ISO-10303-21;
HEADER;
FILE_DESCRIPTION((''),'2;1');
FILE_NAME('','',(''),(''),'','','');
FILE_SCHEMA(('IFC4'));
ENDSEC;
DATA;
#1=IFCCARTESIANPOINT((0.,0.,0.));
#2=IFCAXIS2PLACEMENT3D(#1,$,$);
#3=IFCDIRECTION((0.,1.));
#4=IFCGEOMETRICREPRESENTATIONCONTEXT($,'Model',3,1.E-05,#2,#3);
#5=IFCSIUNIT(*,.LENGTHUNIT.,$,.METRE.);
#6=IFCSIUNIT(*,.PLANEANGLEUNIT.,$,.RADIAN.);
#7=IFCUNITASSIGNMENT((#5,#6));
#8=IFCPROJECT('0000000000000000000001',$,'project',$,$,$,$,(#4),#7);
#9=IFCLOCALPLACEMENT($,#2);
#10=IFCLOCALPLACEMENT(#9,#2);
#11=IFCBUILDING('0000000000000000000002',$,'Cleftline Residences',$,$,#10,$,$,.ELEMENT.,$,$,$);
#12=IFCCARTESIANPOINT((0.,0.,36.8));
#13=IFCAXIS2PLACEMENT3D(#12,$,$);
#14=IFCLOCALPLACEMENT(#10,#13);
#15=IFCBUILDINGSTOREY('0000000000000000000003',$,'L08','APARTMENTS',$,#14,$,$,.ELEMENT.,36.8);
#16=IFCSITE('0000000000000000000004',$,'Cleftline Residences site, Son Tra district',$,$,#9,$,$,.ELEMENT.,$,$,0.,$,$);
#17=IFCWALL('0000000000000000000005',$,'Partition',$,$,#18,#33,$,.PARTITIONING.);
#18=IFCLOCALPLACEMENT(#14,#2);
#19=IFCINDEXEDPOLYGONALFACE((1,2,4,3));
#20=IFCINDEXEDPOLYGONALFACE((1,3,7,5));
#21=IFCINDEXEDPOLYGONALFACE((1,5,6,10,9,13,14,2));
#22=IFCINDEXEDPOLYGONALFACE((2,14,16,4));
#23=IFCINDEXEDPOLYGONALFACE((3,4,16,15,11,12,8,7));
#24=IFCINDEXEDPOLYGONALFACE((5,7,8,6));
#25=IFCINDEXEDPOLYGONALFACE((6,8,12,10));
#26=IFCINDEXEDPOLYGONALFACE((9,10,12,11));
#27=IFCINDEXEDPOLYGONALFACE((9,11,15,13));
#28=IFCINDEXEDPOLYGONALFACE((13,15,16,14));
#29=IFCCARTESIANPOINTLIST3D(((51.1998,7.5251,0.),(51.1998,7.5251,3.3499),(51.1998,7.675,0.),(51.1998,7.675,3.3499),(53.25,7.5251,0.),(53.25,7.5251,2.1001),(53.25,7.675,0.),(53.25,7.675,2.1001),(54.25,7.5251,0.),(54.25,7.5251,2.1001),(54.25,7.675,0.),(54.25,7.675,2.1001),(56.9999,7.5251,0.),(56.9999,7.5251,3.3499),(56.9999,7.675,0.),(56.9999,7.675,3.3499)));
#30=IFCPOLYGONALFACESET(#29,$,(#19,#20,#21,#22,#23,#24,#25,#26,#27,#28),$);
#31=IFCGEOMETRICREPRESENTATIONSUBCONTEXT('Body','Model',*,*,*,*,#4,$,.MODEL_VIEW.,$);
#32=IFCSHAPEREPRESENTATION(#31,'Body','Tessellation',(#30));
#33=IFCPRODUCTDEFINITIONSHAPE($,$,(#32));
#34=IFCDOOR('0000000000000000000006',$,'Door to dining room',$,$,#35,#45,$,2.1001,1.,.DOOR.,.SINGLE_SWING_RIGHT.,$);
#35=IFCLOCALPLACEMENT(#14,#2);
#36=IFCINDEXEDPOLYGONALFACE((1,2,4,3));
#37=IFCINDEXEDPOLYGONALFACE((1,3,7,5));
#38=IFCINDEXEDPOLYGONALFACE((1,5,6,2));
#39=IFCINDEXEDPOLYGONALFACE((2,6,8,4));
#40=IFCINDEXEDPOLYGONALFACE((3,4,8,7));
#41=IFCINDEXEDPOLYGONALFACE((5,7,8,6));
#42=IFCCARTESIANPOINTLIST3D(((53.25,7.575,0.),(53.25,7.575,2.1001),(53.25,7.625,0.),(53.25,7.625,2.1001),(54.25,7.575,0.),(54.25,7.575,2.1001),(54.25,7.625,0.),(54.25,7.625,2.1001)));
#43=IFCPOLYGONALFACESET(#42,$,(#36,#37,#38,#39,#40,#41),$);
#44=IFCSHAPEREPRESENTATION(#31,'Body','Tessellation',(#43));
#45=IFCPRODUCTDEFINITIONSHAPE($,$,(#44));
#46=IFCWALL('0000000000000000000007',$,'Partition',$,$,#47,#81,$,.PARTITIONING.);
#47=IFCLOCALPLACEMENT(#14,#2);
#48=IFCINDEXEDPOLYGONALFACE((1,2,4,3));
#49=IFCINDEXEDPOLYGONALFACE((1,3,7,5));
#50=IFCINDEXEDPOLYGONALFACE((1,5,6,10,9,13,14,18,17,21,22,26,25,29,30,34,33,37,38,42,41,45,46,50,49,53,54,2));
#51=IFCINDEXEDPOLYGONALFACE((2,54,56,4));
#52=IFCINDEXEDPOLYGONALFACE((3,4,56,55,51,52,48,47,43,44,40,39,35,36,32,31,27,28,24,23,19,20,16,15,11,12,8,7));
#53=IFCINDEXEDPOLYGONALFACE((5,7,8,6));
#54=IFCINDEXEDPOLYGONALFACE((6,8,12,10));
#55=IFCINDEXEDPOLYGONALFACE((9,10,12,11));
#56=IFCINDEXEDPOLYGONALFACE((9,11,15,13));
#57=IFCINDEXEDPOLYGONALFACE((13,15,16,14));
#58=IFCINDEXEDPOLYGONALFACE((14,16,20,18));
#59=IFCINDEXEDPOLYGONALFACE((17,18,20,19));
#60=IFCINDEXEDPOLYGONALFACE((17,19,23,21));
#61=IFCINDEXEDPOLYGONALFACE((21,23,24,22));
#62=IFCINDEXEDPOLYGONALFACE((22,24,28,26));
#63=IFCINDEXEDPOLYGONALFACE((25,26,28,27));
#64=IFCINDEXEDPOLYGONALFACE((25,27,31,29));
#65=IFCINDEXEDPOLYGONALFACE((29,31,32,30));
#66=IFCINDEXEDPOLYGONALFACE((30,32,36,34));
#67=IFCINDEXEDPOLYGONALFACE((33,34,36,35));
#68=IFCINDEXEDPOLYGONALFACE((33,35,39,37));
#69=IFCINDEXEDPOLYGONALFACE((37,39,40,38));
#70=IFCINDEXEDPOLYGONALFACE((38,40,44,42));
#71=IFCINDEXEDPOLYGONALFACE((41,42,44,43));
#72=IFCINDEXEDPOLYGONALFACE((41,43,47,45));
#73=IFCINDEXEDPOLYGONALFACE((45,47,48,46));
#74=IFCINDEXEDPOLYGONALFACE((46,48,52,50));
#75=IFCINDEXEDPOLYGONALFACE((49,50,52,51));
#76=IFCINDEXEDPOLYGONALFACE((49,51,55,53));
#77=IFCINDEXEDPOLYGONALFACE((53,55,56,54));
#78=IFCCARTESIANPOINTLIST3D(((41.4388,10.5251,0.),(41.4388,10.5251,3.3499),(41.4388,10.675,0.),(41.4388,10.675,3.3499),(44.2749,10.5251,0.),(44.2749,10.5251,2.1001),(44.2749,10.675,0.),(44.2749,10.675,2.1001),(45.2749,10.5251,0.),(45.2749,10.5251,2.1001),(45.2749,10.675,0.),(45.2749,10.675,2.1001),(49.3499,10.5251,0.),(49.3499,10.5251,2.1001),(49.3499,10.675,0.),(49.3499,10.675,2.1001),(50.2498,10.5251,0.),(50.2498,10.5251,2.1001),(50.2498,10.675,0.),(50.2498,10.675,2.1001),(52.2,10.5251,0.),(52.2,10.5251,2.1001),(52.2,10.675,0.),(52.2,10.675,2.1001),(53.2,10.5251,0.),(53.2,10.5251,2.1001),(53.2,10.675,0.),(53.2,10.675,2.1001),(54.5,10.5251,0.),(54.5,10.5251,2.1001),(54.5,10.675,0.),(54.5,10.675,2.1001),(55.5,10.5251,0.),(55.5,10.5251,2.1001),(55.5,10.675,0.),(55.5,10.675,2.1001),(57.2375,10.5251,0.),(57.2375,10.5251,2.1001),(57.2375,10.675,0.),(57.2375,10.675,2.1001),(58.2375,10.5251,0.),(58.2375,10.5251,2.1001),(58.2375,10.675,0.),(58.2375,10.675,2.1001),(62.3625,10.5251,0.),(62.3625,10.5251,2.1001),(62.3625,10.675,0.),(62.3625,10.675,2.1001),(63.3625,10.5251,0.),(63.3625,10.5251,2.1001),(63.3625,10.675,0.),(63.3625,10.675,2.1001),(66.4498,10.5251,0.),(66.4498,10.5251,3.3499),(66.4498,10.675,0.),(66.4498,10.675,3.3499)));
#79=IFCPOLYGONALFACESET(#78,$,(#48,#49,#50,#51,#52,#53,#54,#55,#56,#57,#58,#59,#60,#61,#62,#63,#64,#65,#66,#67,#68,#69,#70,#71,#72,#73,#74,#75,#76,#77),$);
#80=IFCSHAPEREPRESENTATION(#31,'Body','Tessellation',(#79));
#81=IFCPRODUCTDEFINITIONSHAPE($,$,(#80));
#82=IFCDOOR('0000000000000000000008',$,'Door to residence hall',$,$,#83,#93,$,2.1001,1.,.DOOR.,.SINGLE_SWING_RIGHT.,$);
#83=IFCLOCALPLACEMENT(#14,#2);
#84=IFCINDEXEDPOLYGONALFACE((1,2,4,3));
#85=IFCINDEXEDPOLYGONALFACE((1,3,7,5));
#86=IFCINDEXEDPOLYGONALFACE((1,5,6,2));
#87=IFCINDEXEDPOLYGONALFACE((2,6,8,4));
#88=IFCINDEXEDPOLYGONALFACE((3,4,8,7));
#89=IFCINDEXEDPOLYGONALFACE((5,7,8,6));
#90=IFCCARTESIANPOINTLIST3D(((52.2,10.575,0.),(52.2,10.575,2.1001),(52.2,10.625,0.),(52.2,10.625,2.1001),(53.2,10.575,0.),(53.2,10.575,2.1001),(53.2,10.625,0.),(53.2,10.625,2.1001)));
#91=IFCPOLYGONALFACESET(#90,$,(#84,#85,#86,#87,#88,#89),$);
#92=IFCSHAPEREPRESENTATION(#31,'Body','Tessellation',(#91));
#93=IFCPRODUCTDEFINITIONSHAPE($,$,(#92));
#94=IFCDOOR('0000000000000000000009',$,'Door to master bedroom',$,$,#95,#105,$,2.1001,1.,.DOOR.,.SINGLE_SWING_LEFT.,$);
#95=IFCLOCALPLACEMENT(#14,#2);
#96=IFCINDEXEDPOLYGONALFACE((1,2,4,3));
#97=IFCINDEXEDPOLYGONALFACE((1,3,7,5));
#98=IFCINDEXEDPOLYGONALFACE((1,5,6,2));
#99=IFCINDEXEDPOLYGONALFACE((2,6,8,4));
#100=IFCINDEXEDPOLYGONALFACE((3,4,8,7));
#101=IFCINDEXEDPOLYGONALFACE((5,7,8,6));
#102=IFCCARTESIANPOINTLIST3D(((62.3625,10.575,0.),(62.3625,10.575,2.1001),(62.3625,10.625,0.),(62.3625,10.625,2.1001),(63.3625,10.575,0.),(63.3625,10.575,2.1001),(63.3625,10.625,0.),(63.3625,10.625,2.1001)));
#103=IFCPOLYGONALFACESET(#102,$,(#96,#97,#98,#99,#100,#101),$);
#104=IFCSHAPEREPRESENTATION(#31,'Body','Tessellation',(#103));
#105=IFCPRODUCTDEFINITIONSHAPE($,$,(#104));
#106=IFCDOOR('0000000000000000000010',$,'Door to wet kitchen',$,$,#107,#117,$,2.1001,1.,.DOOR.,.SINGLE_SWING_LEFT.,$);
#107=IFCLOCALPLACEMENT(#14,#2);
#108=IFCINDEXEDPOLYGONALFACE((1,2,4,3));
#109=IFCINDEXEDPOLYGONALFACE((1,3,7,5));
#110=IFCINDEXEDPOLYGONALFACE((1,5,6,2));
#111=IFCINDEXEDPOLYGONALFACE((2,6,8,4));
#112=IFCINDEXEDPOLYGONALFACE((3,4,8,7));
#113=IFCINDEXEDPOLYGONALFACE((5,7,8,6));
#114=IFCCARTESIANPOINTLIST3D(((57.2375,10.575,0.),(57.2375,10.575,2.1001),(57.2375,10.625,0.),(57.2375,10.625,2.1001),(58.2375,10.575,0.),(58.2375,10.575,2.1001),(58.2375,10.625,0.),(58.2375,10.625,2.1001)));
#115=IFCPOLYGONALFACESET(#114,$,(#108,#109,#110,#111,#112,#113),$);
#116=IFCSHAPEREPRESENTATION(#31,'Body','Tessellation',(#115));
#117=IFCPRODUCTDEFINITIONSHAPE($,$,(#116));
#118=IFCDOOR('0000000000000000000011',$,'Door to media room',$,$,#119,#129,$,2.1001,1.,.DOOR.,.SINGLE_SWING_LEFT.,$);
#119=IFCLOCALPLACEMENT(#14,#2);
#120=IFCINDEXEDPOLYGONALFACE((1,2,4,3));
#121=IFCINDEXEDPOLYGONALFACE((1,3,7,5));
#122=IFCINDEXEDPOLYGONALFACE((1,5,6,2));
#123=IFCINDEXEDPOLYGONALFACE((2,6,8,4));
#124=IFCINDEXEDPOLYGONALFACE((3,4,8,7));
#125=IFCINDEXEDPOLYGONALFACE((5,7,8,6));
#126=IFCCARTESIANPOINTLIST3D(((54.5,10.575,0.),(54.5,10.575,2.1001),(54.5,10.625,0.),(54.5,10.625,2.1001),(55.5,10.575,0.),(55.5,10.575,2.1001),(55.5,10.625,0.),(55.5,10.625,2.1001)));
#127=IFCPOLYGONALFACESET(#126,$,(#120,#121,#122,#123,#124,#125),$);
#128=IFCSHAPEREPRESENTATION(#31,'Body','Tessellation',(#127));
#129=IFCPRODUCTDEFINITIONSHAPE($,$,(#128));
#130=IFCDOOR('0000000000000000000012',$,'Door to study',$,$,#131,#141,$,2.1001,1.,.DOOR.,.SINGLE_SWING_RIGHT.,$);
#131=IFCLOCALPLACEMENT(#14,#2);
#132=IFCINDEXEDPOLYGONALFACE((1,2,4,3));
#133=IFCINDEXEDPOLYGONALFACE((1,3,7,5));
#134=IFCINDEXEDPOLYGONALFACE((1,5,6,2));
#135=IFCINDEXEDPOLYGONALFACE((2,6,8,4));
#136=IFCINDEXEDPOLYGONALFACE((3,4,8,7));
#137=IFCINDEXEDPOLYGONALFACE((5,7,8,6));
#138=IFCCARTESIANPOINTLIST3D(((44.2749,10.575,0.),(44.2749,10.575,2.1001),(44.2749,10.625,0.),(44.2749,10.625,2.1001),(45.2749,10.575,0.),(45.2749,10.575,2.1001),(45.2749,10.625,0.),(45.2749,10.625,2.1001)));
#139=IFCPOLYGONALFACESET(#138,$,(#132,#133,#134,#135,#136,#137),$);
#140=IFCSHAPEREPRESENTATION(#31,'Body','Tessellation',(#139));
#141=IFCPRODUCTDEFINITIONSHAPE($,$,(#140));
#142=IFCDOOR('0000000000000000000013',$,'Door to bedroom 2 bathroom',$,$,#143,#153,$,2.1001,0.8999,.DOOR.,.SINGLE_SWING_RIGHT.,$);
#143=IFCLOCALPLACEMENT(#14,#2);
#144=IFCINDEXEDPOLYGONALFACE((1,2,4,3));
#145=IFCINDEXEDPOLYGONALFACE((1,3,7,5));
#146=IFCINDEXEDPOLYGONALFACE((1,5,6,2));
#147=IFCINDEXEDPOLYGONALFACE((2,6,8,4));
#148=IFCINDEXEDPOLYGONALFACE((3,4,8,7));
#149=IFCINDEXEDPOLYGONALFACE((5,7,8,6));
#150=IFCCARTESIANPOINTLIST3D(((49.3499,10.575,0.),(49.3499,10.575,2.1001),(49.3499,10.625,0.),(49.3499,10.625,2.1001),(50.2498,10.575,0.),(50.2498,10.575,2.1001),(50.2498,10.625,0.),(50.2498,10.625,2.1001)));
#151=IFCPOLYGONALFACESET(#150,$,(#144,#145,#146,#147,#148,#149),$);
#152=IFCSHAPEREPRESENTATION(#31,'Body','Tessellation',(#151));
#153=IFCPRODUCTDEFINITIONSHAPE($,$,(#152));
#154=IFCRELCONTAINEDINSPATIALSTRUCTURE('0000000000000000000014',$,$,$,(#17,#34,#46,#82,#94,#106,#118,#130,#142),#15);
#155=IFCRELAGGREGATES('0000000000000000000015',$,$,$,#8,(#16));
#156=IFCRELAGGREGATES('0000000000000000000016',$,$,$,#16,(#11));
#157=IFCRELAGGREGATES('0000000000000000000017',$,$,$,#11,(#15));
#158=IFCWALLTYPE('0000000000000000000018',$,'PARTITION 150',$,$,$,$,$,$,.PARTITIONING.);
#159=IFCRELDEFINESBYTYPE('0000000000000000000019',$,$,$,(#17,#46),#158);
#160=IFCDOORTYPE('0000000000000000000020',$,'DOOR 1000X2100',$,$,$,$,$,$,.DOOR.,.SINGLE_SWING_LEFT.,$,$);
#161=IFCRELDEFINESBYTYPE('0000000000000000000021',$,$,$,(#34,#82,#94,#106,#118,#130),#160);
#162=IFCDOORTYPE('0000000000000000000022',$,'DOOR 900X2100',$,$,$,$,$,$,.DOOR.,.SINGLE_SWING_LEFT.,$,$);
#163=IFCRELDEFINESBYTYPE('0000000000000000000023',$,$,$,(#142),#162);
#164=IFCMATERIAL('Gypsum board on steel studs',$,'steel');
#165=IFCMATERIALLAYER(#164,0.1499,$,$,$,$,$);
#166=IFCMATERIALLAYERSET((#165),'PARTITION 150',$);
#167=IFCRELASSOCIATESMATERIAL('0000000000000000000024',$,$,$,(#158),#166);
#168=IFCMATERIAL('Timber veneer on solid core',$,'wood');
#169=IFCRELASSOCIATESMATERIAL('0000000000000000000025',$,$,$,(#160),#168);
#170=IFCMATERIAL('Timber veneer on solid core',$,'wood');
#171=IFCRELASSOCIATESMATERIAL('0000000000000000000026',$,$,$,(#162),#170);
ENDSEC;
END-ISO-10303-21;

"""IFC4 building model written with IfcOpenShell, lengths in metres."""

from ifc_helpers import new_model, si_unit, direction, frame, frame_2d, origin, place, context, subcontext, project, spatial, rectangle, extrude, material, layer, layer_set, type_object, element, fill, save


model = new_model("IFC4")

# Units and contexts
model_context = context("Model", 3, precision=1e-05, world=origin(), true_north=direction((0.0, 1.0)))
body_context = subcontext(model_context, "Body", "Model", "MODEL_VIEW")
ifc_project = project(units=[si_unit("LENGTHUNIT", "METRE"), si_unit("PLANEANGLEUNIT", "RADIAN")], contexts=[model_context])

# Site, building, storey
site_placement = place(None, origin())
site = spatial("IfcSite", under=ifc_project, at=site_placement, Name="Cleftline Residences site, Son Tra district", CompositionType="ELEMENT", RefElevation=0.0)
building_placement = place(site_placement, origin())
building = spatial("IfcBuilding", under=site, at=building_placement, Name="Cleftline Residences", CompositionType="ELEMENT")
storey_placement = place(building_placement, frame((0.0, 0.0, 36.8)))
storey = spatial("IfcBuildingStorey", under=building, at=storey_placement, Name="L08", Description="APARTMENTS", CompositionType="ELEMENT", Elevation=36.8)

# Shared definitions
ifc_material_1 = material(Name="Gypsum board on steel studs", Category="steel")
ifc_layer_1 = layer(ifc_material_1, 0.1499)
ifc_layer_set_1 = layer_set([ifc_layer_1], Name="PARTITION 150")
wall_type = type_object("IfcWallType", Name="PARTITION 150", PredefinedType="PARTITIONING", material=ifc_layer_set_1)
ifc_material_2 = material(Name="Timber veneer on solid core", Category="wood")
door_type_1 = type_object("IfcDoorType", Name="DOOR 1000X2100", OperationType="SINGLE_SWING_LEFT", PredefinedType="DOOR", material=ifc_material_2)

# Wall, opening, door
wall_1_placement = place(storey_placement, frame((51.2, 7.6001, 0.0), z_axis=(0.0, 0.0, 1.0), x_axis=(1.0, 0.0, 0.0)))
wall_1 = element("IfcWall", 1, at=wall_1_placement, inside=storey, type_object=wall_type, Name="Partition", PredefinedType="PARTITIONING", context=body_context, shape_type="SweptSolid", body=[
    extrude(rectangle(XDim=5.8, YDim=0.1499, at=frame_2d((2.8999, 0.0))), origin(), (0.0, 0.0, 1.0), 3.3499),
])
opening_1_placement = place(wall_1_placement, frame((2.05, 0.0, 0.0)))
opening_1 = element("IfcOpeningElement", 2, at=opening_1_placement, cuts=wall_1, PredefinedType="OPENING", context=body_context, shape_type="SweptSolid", body=[
    extrude(rectangle(XDim=1.0, YDim=2.1001, at=frame_2d((0.5, 1.05))), frame((0.0, 0.085, 0.0), z_axis=(0.0, -1.0, 0.0), x_axis=(1.0, 0.0, 0.0)), (0.0, 0.0, 1.0), 0.1699),
])
door_1_placement = place(opening_1_placement, origin())
door_1 = element("IfcDoor", 3, at=door_1_placement, inside=storey, type_object=door_type_1, Name="Door to dining room", OperationType="SINGLE_SWING_RIGHT", OverallHeight=2.1001, OverallWidth=1.0, PredefinedType="DOOR", context=body_context, shape_type="SweptSolid", body=[
    extrude(rectangle(XDim=1.0, YDim=2.1001, at=frame_2d((0.5, 1.05))), frame((0.0, 0.0249, 0.0), z_axis=(0.0, -1.0, 0.0), x_axis=(1.0, 0.0, 0.0)), (0.0, 0.0, 1.0), 0.05),
])
fill(opening_1, door_1)

# Wall, openings, doors
wall_2_placement = place(storey_placement, frame((41.439, 10.6001, 0.0), z_axis=(0.0, 0.0, 1.0), x_axis=(1.0, 0.0, 0.0)))
wall_2 = element("IfcWall", 4, at=wall_2_placement, inside=storey, type_object=wall_type, Name="Partition", PredefinedType="PARTITIONING", context=body_context, shape_type="SweptSolid", body=[
    extrude(rectangle(XDim=25.011, YDim=0.1499, at=frame_2d((12.5054, 0.0))), origin(), (0.0, 0.0, 1.0), 3.3499),
])
opening_2_placement = place(wall_2_placement, frame((10.761, 0.0, 0.0)))
opening_2 = element("IfcOpeningElement", 5, at=opening_2_placement, cuts=wall_2, PredefinedType="OPENING", context=body_context, shape_type="SweptSolid", body=[
    extrude(rectangle(XDim=1.0, YDim=2.1001, at=frame_2d((0.5, 1.05))), frame((0.0, 0.085, 0.0), z_axis=(0.0, -1.0, 0.0), x_axis=(1.0, 0.0, 0.0)), (0.0, 0.0, 1.0), 0.1699),
])
opening_3_placement = place(wall_2_placement, frame((20.9236, 0.0, 0.0)))
opening_3 = element("IfcOpeningElement", 6, at=opening_3_placement, cuts=wall_2, PredefinedType="OPENING", context=body_context, shape_type="SweptSolid", body=[
    extrude(rectangle(XDim=1.0, YDim=2.1001, at=frame_2d((0.5, 1.05))), frame((0.0, 0.085, 0.0), z_axis=(0.0, -1.0, 0.0), x_axis=(1.0, 0.0, 0.0)), (0.0, 0.0, 1.0), 0.1699),
])
opening_4_placement = place(wall_2_placement, frame((15.7986, 0.0, 0.0)))
opening_4 = element("IfcOpeningElement", 7, at=opening_4_placement, cuts=wall_2, PredefinedType="OPENING", context=body_context, shape_type="SweptSolid", body=[
    extrude(rectangle(XDim=1.0, YDim=2.1001, at=frame_2d((0.5, 1.05))), frame((0.0, 0.085, 0.0), z_axis=(0.0, -1.0, 0.0), x_axis=(1.0, 0.0, 0.0)), (0.0, 0.0, 1.0), 0.1699),
])
opening_5_placement = place(wall_2_placement, frame((13.061, 0.0, 0.0)))
opening_5 = element("IfcOpeningElement", 8, at=opening_5_placement, cuts=wall_2, PredefinedType="OPENING", context=body_context, shape_type="SweptSolid", body=[
    extrude(rectangle(XDim=1.0, YDim=2.1001, at=frame_2d((0.5, 1.05))), frame((0.0, 0.085, 0.0), z_axis=(0.0, -1.0, 0.0), x_axis=(1.0, 0.0, 0.0)), (0.0, 0.0, 1.0), 0.1699),
])
opening_6_placement = place(wall_2_placement, frame((7.9109, 0.0, 0.0)))
opening_6 = element("IfcOpeningElement", 9, at=opening_6_placement, cuts=wall_2, PredefinedType="OPENING", context=body_context, shape_type="SweptSolid", body=[
    extrude(rectangle(XDim=0.8999, YDim=2.1001, at=frame_2d((0.45, 1.05))), frame((0.0, 0.085, 0.0), z_axis=(0.0, -1.0, 0.0), x_axis=(1.0, 0.0, 0.0)), (0.0, 0.0, 1.0), 0.1699),
])
opening_7_placement = place(wall_2_placement, frame((2.8359, 0.0, 0.0)))
opening_7 = element("IfcOpeningElement", 10, at=opening_7_placement, cuts=wall_2, PredefinedType="OPENING", context=body_context, shape_type="SweptSolid", body=[
    extrude(rectangle(XDim=1.0, YDim=2.1001, at=frame_2d((0.5, 1.05))), frame((0.0, 0.085, 0.0), z_axis=(0.0, -1.0, 0.0), x_axis=(1.0, 0.0, 0.0)), (0.0, 0.0, 1.0), 0.1699),
])
door_2_placement = place(opening_2_placement, origin())
door_2 = element("IfcDoor", 11, at=door_2_placement, inside=storey, type_object=door_type_1, Name="Door to residence hall", OperationType="SINGLE_SWING_RIGHT", OverallHeight=2.1001, OverallWidth=1.0, PredefinedType="DOOR", context=body_context, shape_type="SweptSolid", body=[
    extrude(rectangle(XDim=1.0, YDim=2.1001, at=frame_2d((0.5, 1.05))), frame((0.0, 0.0249, 0.0), z_axis=(0.0, -1.0, 0.0), x_axis=(1.0, 0.0, 0.0)), (0.0, 0.0, 1.0), 0.05),
])
fill(opening_2, door_2)
door_3_placement = place(opening_3_placement, origin())
door_3 = element("IfcDoor", 12, at=door_3_placement, inside=storey, type_object=door_type_1, Name="Door to master bedroom", OperationType="SINGLE_SWING_LEFT", OverallHeight=2.1001, OverallWidth=1.0, PredefinedType="DOOR", context=body_context, shape_type="SweptSolid", body=[
    extrude(rectangle(XDim=1.0, YDim=2.1001, at=frame_2d((0.5, 1.05))), frame((0.0, 0.0249, 0.0), z_axis=(0.0, -1.0, 0.0), x_axis=(1.0, 0.0, 0.0)), (0.0, 0.0, 1.0), 0.05),
])
fill(opening_3, door_3)
door_4_placement = place(opening_4_placement, origin())
door_4 = element("IfcDoor", 13, at=door_4_placement, inside=storey, type_object=door_type_1, Name="Door to wet kitchen", OperationType="SINGLE_SWING_LEFT", OverallHeight=2.1001, OverallWidth=1.0, PredefinedType="DOOR", context=body_context, shape_type="SweptSolid", body=[
    extrude(rectangle(XDim=1.0, YDim=2.1001, at=frame_2d((0.5, 1.05))), frame((0.0, 0.0249, 0.0), z_axis=(0.0, -1.0, 0.0), x_axis=(1.0, 0.0, 0.0)), (0.0, 0.0, 1.0), 0.05),
])
fill(opening_4, door_4)
door_5_placement = place(opening_5_placement, origin())
door_5 = element("IfcDoor", 14, at=door_5_placement, inside=storey, type_object=door_type_1, Name="Door to media room", OperationType="SINGLE_SWING_LEFT", OverallHeight=2.1001, OverallWidth=1.0, PredefinedType="DOOR", context=body_context, shape_type="SweptSolid", body=[
    extrude(rectangle(XDim=1.0, YDim=2.1001, at=frame_2d((0.5, 1.05))), frame((0.0, 0.0249, 0.0), z_axis=(0.0, -1.0, 0.0), x_axis=(1.0, 0.0, 0.0)), (0.0, 0.0, 1.0), 0.05),
])
fill(opening_5, door_5)
door_6_placement = place(opening_7_placement, origin())
door_6 = element("IfcDoor", 15, at=door_6_placement, inside=storey, type_object=door_type_1, Name="Door to study", OperationType="SINGLE_SWING_RIGHT", OverallHeight=2.1001, OverallWidth=1.0, PredefinedType="DOOR", context=body_context, shape_type="SweptSolid", body=[
    extrude(rectangle(XDim=1.0, YDim=2.1001, at=frame_2d((0.5, 1.05))), frame((0.0, 0.0249, 0.0), z_axis=(0.0, -1.0, 0.0), x_axis=(1.0, 0.0, 0.0)), (0.0, 0.0, 1.0), 0.05),
])
fill(opening_7, door_6)
ifc_material_3 = material(Name="Timber veneer on solid core", Category="wood")
door_type_2 = type_object("IfcDoorType", Name="DOOR 900X2100", OperationType="SINGLE_SWING_LEFT", PredefinedType="DOOR", material=ifc_material_3)
door_7_placement = place(opening_6_placement, origin())
door_7 = element("IfcDoor", 16, at=door_7_placement, inside=storey, type_object=door_type_2, Name="Door to bedroom 2 bathroom", OperationType="SINGLE_SWING_RIGHT", OverallHeight=2.1001, OverallWidth=0.8999, PredefinedType="DOOR", context=body_context, shape_type="SweptSolid", body=[
    extrude(rectangle(XDim=0.8999, YDim=2.1001, at=frame_2d((0.45, 1.05))), frame((0.0, 0.0249, 0.0), z_axis=(0.0, -1.0, 0.0), x_axis=(1.0, 0.0, 0.0)), (0.0, 0.0, 1.0), 0.05),
])
fill(opening_6, door_7)

save(model, "model.ifc")
